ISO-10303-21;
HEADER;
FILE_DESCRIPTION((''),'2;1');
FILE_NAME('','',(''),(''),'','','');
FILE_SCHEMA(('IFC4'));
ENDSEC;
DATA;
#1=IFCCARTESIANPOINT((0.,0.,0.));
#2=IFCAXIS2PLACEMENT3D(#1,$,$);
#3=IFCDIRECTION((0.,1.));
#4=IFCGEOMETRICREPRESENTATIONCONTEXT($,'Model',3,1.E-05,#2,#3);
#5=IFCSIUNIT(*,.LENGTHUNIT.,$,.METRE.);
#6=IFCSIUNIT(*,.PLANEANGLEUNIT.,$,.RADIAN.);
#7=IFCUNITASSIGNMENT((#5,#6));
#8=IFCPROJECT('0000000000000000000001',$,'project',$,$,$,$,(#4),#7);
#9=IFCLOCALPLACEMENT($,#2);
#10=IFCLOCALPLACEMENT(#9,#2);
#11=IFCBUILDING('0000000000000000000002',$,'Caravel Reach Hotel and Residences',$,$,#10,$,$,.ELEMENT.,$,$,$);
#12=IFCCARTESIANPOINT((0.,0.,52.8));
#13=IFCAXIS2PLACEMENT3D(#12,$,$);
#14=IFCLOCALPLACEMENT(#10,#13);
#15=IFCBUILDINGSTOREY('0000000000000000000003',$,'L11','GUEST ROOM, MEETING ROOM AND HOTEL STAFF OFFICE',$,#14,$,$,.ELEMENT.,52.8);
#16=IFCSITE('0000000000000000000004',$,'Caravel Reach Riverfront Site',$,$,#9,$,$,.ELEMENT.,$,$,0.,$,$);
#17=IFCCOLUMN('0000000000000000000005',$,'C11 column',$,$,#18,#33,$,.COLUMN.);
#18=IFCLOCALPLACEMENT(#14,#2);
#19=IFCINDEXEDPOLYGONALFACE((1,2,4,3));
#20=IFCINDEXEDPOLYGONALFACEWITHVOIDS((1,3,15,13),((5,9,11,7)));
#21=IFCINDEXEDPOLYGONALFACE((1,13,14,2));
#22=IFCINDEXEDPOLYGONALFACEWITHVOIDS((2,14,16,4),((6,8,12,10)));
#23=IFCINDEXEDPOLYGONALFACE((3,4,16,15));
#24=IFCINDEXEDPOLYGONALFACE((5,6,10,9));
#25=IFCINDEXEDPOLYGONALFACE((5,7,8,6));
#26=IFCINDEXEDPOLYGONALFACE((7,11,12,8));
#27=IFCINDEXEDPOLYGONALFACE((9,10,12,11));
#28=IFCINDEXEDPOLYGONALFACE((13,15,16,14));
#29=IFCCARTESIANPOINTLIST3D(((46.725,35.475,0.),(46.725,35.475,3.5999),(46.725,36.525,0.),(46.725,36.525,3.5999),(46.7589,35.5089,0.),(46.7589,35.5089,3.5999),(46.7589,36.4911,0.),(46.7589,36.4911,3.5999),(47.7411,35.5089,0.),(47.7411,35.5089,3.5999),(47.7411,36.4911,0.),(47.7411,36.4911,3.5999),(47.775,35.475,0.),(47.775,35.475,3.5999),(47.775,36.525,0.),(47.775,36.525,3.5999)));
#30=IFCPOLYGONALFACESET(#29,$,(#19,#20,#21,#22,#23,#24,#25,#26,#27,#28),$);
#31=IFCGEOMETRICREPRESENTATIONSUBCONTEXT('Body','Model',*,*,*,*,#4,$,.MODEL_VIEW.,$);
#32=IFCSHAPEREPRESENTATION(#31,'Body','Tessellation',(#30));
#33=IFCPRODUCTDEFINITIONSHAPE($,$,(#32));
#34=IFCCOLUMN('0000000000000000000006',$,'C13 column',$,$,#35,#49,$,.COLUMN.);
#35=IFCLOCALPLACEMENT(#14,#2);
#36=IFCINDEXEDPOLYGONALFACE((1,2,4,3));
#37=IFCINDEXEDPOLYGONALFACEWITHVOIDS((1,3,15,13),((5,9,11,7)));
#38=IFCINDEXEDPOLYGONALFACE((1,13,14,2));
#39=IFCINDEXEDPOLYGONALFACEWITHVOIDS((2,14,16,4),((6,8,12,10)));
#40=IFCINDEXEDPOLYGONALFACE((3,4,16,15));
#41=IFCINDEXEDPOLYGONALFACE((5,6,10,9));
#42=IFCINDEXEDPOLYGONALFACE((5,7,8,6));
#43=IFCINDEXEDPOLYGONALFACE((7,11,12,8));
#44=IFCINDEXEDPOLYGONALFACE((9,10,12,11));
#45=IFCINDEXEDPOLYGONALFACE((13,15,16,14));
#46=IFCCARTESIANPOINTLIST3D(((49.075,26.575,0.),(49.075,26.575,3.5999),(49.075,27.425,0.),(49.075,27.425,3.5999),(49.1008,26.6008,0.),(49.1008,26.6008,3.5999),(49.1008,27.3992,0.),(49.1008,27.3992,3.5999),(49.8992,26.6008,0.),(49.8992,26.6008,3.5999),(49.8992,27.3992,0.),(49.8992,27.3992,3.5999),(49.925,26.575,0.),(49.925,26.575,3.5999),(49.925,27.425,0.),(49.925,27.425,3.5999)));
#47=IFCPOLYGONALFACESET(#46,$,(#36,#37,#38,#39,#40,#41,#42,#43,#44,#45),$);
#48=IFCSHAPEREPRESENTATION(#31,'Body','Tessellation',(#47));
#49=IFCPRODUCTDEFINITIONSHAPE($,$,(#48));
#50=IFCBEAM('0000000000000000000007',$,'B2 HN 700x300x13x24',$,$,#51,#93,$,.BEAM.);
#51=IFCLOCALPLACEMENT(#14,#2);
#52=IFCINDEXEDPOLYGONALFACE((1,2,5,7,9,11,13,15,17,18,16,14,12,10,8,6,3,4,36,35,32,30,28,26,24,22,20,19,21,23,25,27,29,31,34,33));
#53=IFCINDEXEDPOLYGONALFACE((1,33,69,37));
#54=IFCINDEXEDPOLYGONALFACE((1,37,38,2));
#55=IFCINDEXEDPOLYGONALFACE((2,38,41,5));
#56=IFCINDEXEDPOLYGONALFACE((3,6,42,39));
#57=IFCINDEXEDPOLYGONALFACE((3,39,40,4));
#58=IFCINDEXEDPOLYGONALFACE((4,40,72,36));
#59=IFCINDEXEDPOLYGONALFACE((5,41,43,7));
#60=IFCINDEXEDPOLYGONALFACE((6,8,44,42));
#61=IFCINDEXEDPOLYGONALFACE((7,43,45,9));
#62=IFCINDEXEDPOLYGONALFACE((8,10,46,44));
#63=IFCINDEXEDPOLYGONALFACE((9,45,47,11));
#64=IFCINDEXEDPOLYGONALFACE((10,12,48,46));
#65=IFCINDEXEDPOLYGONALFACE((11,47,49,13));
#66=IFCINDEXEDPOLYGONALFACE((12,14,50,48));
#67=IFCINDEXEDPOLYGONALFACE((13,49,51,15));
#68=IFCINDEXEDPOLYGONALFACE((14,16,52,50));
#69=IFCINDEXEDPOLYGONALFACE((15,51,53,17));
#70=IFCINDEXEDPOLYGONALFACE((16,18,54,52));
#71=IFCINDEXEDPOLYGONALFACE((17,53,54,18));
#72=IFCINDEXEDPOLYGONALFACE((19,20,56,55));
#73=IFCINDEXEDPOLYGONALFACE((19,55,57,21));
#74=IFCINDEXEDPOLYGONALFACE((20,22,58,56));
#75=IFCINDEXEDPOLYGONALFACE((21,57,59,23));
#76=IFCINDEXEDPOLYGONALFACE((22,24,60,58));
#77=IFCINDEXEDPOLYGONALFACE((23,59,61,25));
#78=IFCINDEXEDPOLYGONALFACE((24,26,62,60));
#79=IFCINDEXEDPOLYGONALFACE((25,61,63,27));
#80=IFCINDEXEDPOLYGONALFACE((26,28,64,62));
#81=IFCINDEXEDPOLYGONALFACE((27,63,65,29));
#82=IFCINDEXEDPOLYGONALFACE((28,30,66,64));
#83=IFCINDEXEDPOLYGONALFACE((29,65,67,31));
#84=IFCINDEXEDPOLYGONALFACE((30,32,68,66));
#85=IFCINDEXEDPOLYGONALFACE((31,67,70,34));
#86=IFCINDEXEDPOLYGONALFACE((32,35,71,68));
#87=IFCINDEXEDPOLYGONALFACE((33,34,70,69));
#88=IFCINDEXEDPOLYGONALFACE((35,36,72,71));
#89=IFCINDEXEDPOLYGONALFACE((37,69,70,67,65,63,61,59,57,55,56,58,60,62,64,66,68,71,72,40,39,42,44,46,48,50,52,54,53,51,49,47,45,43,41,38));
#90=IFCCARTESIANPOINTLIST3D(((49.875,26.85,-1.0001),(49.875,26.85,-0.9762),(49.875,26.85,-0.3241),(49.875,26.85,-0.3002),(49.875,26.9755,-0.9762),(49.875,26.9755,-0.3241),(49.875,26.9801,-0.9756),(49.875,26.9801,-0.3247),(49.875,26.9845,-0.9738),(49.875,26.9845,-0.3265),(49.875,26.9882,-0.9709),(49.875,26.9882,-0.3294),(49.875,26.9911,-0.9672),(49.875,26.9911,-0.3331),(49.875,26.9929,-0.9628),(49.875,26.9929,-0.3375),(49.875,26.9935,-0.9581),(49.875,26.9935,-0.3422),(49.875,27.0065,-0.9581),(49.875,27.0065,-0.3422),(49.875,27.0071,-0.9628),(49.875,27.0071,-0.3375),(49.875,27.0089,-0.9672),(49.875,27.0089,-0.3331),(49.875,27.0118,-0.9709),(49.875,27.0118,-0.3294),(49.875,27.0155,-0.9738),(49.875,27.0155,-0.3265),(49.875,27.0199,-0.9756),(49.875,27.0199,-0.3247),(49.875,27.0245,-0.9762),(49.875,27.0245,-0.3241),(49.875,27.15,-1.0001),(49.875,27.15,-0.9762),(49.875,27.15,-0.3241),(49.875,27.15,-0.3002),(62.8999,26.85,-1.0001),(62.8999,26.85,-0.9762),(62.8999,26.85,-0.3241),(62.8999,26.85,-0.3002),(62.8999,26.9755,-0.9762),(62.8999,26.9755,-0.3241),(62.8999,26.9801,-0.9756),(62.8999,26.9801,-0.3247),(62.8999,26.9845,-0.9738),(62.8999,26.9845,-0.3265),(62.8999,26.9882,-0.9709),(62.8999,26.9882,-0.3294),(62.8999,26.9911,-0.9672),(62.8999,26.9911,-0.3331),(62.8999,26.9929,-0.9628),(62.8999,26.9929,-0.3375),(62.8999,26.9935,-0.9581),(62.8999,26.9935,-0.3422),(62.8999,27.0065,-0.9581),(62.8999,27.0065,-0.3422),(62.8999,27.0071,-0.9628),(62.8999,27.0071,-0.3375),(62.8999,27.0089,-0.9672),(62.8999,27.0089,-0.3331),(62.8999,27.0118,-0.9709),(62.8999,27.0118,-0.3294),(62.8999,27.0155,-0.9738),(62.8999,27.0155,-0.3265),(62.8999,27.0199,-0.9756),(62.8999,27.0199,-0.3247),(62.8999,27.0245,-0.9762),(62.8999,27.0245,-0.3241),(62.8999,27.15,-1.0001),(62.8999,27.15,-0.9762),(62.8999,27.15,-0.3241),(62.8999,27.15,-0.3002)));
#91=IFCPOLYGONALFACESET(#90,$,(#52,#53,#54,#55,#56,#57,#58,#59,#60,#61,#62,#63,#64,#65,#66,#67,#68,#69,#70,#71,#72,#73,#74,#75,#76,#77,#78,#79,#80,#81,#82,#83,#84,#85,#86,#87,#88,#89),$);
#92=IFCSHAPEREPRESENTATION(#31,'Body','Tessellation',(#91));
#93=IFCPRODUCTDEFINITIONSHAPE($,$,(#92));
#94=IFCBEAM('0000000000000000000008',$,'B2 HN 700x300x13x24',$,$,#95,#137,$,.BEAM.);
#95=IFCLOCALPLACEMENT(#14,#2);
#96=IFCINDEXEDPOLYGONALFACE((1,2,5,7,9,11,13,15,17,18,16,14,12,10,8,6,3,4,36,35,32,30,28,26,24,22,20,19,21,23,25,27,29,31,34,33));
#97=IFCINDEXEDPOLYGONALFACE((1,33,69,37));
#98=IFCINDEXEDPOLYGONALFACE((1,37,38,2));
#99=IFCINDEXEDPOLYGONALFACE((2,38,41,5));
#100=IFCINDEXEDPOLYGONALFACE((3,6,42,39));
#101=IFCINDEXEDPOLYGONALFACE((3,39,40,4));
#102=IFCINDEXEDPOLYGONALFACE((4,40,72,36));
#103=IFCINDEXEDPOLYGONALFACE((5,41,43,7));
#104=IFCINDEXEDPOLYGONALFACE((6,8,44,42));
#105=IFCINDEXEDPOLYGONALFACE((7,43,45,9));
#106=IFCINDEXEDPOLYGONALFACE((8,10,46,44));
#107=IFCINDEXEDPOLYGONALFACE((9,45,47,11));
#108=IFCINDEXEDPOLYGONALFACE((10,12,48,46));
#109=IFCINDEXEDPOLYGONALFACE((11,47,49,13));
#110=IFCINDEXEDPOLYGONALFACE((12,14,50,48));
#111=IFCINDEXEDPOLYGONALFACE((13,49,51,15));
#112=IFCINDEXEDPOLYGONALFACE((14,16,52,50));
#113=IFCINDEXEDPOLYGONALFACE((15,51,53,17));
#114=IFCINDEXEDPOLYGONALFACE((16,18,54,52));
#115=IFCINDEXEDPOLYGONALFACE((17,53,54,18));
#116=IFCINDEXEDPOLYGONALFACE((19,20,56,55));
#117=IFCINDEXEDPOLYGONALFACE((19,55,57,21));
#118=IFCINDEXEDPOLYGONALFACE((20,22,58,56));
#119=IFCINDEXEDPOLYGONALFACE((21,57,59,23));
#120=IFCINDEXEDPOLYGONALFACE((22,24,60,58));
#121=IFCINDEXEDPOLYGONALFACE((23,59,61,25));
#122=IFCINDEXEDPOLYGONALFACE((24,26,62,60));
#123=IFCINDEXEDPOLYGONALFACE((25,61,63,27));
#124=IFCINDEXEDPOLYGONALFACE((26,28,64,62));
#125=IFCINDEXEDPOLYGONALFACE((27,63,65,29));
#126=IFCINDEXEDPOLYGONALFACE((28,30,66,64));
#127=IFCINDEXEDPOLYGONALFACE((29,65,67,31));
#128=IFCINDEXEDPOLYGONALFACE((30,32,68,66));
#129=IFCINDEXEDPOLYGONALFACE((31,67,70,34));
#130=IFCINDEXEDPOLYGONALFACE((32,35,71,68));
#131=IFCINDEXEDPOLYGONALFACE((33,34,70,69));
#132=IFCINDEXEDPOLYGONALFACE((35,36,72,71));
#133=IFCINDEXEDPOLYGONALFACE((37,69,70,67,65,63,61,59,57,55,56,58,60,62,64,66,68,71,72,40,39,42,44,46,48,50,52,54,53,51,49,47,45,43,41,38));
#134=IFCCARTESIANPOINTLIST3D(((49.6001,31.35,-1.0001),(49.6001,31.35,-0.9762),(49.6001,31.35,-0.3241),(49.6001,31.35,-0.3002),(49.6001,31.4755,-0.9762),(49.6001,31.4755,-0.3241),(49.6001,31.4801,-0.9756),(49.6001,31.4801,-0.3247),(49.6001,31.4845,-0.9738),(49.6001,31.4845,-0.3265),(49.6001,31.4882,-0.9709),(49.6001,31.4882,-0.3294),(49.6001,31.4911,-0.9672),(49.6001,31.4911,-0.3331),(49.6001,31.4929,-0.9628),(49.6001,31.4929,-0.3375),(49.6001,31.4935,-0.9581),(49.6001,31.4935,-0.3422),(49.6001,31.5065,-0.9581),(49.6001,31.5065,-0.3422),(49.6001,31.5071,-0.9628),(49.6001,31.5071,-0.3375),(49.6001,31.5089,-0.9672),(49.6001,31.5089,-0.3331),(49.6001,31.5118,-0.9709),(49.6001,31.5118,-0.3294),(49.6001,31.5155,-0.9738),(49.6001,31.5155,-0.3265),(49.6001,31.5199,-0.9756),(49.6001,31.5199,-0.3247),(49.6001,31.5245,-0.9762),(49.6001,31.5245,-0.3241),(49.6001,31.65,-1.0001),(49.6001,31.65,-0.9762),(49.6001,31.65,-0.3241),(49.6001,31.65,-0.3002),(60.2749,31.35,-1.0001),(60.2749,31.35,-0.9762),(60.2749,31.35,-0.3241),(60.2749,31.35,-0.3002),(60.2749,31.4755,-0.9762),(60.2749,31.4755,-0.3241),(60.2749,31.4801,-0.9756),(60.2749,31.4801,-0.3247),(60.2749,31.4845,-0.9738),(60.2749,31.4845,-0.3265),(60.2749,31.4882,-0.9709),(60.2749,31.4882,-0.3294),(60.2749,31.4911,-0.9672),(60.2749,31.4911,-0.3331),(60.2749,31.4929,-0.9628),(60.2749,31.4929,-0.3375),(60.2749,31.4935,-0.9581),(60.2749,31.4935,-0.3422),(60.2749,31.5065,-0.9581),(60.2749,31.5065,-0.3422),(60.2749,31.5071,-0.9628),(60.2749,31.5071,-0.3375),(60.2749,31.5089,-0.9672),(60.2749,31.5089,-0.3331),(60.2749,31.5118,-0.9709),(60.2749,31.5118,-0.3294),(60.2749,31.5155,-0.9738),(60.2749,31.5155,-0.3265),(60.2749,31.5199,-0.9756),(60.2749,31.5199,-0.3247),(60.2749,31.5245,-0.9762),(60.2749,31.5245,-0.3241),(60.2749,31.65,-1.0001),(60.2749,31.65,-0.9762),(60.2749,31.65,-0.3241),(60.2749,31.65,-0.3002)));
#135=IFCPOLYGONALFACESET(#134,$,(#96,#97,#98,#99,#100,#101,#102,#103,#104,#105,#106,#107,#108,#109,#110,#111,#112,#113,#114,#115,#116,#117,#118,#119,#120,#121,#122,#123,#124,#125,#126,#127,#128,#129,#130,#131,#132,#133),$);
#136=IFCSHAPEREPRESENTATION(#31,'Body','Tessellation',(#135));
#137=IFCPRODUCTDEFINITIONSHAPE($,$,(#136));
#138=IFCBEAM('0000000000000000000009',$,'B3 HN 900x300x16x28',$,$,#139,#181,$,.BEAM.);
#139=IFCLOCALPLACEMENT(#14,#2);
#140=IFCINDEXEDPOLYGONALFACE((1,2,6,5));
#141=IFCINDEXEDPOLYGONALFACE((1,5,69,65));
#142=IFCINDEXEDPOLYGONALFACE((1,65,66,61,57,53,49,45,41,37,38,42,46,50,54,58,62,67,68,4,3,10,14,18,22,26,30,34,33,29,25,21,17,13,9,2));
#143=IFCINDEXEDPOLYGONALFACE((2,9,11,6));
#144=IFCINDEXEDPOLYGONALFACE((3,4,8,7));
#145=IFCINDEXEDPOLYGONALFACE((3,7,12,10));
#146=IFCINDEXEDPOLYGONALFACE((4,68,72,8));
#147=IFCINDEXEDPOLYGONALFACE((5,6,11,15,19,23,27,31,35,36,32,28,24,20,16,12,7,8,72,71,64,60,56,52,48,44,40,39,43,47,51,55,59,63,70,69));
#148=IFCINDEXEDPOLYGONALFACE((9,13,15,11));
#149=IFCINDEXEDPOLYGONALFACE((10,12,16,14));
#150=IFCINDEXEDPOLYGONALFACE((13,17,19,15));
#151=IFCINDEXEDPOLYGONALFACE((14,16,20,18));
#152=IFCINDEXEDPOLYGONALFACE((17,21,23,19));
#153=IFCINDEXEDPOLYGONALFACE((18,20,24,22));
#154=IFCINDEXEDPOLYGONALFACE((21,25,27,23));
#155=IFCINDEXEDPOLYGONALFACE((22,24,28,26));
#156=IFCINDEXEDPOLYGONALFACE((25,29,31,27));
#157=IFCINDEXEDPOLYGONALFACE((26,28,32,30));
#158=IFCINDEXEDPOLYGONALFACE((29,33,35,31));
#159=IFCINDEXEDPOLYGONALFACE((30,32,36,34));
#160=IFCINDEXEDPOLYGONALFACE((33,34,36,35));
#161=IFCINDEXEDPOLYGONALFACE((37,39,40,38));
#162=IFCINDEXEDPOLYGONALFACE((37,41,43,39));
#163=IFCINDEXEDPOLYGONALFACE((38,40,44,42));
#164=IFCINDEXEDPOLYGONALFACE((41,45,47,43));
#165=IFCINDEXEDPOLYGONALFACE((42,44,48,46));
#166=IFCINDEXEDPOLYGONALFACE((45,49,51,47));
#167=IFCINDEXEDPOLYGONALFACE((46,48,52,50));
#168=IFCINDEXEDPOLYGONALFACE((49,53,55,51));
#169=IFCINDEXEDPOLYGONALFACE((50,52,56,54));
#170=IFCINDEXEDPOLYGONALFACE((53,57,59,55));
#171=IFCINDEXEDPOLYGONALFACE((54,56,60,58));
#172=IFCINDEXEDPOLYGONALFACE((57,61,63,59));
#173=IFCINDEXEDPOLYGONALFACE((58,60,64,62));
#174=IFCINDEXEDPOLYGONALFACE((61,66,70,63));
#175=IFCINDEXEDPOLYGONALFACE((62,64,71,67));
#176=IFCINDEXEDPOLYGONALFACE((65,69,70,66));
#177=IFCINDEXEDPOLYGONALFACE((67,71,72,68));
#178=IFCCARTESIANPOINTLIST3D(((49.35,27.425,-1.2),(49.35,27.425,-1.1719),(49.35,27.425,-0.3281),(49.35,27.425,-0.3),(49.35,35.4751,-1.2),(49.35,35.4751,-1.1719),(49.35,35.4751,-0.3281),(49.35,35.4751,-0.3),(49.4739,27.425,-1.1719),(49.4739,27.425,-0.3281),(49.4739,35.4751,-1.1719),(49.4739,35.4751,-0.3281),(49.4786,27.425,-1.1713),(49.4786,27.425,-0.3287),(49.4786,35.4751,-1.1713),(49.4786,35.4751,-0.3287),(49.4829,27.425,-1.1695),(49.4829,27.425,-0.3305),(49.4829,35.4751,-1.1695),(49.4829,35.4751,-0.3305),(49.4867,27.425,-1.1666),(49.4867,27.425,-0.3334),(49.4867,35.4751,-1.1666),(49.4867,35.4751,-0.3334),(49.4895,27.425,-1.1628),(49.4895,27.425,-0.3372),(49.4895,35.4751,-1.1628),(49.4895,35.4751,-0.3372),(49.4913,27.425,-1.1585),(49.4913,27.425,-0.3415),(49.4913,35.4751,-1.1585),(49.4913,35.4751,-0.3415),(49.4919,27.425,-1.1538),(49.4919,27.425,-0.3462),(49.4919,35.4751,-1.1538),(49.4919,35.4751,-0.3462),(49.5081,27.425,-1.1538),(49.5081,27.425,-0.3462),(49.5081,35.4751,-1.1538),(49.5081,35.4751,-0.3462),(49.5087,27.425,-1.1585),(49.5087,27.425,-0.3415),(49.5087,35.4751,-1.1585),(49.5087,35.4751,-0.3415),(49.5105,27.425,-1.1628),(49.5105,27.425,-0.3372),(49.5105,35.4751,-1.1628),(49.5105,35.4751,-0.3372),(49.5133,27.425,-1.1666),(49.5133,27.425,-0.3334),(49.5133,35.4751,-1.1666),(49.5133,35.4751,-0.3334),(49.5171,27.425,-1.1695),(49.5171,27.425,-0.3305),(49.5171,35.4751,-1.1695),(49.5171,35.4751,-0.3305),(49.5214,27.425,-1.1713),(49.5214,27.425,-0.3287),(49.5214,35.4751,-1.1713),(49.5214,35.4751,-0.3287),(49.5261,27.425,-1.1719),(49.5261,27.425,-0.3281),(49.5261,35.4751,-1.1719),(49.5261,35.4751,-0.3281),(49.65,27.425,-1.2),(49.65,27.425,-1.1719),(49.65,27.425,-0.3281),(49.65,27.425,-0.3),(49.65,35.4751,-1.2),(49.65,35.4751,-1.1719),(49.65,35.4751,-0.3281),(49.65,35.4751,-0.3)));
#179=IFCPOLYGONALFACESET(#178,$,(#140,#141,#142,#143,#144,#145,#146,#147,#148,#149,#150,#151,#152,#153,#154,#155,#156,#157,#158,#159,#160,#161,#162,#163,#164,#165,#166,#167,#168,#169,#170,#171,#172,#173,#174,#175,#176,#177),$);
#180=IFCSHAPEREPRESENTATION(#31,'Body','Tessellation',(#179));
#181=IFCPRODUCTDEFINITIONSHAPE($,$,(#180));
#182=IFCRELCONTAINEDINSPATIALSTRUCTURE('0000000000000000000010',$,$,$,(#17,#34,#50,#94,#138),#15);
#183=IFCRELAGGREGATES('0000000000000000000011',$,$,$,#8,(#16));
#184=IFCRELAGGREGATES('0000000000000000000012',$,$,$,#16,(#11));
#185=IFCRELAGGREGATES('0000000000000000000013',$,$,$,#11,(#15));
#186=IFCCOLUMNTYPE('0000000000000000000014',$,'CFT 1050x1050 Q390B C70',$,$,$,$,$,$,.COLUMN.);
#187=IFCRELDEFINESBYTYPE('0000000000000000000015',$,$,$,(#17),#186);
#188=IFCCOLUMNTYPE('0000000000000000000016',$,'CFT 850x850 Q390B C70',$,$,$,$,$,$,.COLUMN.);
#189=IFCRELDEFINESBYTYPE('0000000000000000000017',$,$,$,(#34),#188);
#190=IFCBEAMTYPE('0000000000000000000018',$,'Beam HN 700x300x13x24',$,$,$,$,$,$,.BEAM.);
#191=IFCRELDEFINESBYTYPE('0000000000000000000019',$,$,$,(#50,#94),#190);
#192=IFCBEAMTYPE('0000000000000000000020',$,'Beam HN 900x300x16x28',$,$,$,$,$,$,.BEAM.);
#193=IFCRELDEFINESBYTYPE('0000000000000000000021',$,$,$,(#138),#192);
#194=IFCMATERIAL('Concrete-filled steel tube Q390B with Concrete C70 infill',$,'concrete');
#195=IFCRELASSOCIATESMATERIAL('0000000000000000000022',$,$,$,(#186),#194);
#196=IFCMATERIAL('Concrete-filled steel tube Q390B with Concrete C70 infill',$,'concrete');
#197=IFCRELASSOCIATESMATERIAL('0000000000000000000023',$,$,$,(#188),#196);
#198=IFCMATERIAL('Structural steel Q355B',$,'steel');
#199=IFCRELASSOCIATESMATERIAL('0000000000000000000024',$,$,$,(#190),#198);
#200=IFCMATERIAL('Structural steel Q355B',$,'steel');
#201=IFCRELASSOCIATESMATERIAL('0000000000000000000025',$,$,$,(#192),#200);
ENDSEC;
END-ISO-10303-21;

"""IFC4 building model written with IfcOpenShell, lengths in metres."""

from ifc_helpers import new_model, si_unit, direction, frame, origin, origin_2d, place, context, subcontext, project, spatial, hollow_rectangle, i_section, extrude, material, material_profile, profile_set, type_object, element, save


model = new_model("IFC4")

# Units and contexts
model_context = context("Model", 3, precision=1e-05, world=origin(), true_north=direction((0.0, 1.0)))
body_context = subcontext(model_context, "Body", "Model", "MODEL_VIEW")
ifc_project = project(units=[si_unit("LENGTHUNIT", "METRE"), si_unit("PLANEANGLEUNIT", "RADIAN")], contexts=[model_context])

# Site, building, storey
site_placement = place(None, origin())
site = spatial("IfcSite", under=ifc_project, at=site_placement, Name="Caravel Reach Riverfront Site", CompositionType="ELEMENT", RefElevation=0.0)
building_placement = place(site_placement, origin())
building = spatial("IfcBuilding", under=site, at=building_placement, Name="Caravel Reach Hotel and Residences", CompositionType="ELEMENT")
storey_placement = place(building_placement, frame((0.0, 0.0, 52.8)))
storey = spatial("IfcBuildingStorey", under=building, at=storey_placement, Name="L11", Description="GUEST ROOM, MEETING ROOM AND HOTEL STAFF OFFICE", CompositionType="ELEMENT", Elevation=52.8)

# Columns
ifc_material_1 = material(Name="Concrete-filled steel tube Q390B with Concrete C70 infill", Category="concrete")
ifc_material_profile_1 = material_profile(ifc_material_1, hollow_rectangle(XDim=1.05, YDim=1.05, WallThickness=0.0339, at=origin_2d()), Name="RHS 1050x1050x34")
ifc_profile_set_1 = profile_set([ifc_material_profile_1], Name="Concrete-filled steel tube Q390B with Concrete C70 infill")
column_type_1 = type_object("IfcColumnType", Name="CFT 1050x1050 Q390B C70", PredefinedType="COLUMN", material=ifc_profile_set_1)
column_1_placement = place(storey_placement, frame((47.25, 36.0, 0.0), z_axis=(0.0, 0.0, 1.0), x_axis=(1.0, 0.0, 0.0)))
element("IfcColumn", 1, at=column_1_placement, inside=storey, type_object=column_type_1, Name="C11 column", PredefinedType="COLUMN", context=body_context, shape_type="SweptSolid", body=[
    extrude(hollow_rectangle(XDim=1.05, YDim=1.05, WallThickness=0.0339, at=origin_2d()), origin(), (0.0, 0.0, 1.0), 3.5999),
])
ifc_material_2 = material(Name="Concrete-filled steel tube Q390B with Concrete C70 infill", Category="concrete")
ifc_material_profile_2 = material_profile(ifc_material_2, hollow_rectangle(XDim=0.8501, YDim=0.8501, WallThickness=0.0259, at=origin_2d()), Name="RHS 850x850x26")
ifc_profile_set_2 = profile_set([ifc_material_profile_2], Name="Concrete-filled steel tube Q390B with Concrete C70 infill")
column_type_2 = type_object("IfcColumnType", Name="CFT 850x850 Q390B C70", PredefinedType="COLUMN", material=ifc_profile_set_2)
column_2_placement = place(storey_placement, frame((49.5, 27.0, 0.0), z_axis=(0.0, 0.0, 1.0), x_axis=(1.0, 0.0, 0.0)))
element("IfcColumn", 2, at=column_2_placement, inside=storey, type_object=column_type_2, Name="C13 column", PredefinedType="COLUMN", context=body_context, shape_type="SweptSolid", body=[
    extrude(hollow_rectangle(XDim=0.8501, YDim=0.8501, WallThickness=0.0259, at=origin_2d()), origin(), (0.0, 0.0, 1.0), 3.5999),
])

# Beams
ifc_material_3 = material(Name="Structural steel Q355B", Category="steel")
ifc_material_profile_3 = material_profile(ifc_material_3, i_section(OverallWidth=0.3, OverallDepth=0.7, WebThickness=0.0129, FlangeThickness=0.0239, FilletRadius=0.0181, at=origin_2d()), Name="HN 700x300x13x24")
ifc_profile_set_3 = profile_set([ifc_material_profile_3], Name="Structural steel Q355B")
beam_type_1 = type_object("IfcBeamType", Name="Beam HN 700x300x13x24", PredefinedType="BEAM", material=ifc_profile_set_3)
beam_1_placement = place(storey_placement, frame((49.875, 27.0, -0.6501), z_axis=(1.0, 0.0, 0.0), x_axis=(0.0, 1.0, 0.0)))
element("IfcBeam", 3, at=beam_1_placement, inside=storey, type_object=beam_type_1, Name="B2 HN 700x300x13x24", PredefinedType="BEAM", context=body_context, shape_type="SweptSolid", body=[
    extrude(i_section(OverallWidth=0.3, OverallDepth=0.7, WebThickness=0.0129, FlangeThickness=0.0239, FilletRadius=0.0181, at=origin_2d()), origin(), (0.0, 0.0, 1.0), 13.0249),
])
beam_2_placement = place(storey_placement, frame((49.6001, 31.5, -0.6501), z_axis=(1.0, 0.0, 0.0), x_axis=(0.0, 1.0, 0.0)))
element("IfcBeam", 4, at=beam_2_placement, inside=storey, type_object=beam_type_1, Name="B2 HN 700x300x13x24", PredefinedType="BEAM", context=body_context, shape_type="SweptSolid", body=[
    extrude(i_section(OverallWidth=0.3, OverallDepth=0.7, WebThickness=0.0129, FlangeThickness=0.0239, FilletRadius=0.0181, at=origin_2d()), origin(), (0.0, 0.0, 1.0), 10.6748),
])
ifc_material_4 = material(Name="Structural steel Q355B", Category="steel")
ifc_material_profile_4 = material_profile(ifc_material_4, i_section(OverallWidth=0.3, OverallDepth=0.8999, WebThickness=0.0161, FlangeThickness=0.0281, FilletRadius=0.0181, at=origin_2d()), Name="HN 900x300x16x28")
ifc_profile_set_4 = profile_set([ifc_material_profile_4], Name="Structural steel Q355B")
beam_type_2 = type_object("IfcBeamType", Name="Beam HN 900x300x16x28", PredefinedType="BEAM", material=ifc_profile_set_4)
beam_3_placement = place(storey_placement, frame((49.5, 27.425, -0.75), z_axis=(0.0, 1.0, 0.0), x_axis=(-1.0, 0.0, 0.0)))
element("IfcBeam", 5, at=beam_3_placement, inside=storey, type_object=beam_type_2, Name="B3 HN 900x300x16x28", PredefinedType="BEAM", context=body_context, shape_type="SweptSolid", body=[
    extrude(i_section(OverallWidth=0.3, OverallDepth=0.8999, WebThickness=0.0161, FlangeThickness=0.0281, FilletRadius=0.0181, at=origin_2d()), origin(), (0.0, 0.0, 1.0), 8.05),
])

save(model, "model.ifc")
